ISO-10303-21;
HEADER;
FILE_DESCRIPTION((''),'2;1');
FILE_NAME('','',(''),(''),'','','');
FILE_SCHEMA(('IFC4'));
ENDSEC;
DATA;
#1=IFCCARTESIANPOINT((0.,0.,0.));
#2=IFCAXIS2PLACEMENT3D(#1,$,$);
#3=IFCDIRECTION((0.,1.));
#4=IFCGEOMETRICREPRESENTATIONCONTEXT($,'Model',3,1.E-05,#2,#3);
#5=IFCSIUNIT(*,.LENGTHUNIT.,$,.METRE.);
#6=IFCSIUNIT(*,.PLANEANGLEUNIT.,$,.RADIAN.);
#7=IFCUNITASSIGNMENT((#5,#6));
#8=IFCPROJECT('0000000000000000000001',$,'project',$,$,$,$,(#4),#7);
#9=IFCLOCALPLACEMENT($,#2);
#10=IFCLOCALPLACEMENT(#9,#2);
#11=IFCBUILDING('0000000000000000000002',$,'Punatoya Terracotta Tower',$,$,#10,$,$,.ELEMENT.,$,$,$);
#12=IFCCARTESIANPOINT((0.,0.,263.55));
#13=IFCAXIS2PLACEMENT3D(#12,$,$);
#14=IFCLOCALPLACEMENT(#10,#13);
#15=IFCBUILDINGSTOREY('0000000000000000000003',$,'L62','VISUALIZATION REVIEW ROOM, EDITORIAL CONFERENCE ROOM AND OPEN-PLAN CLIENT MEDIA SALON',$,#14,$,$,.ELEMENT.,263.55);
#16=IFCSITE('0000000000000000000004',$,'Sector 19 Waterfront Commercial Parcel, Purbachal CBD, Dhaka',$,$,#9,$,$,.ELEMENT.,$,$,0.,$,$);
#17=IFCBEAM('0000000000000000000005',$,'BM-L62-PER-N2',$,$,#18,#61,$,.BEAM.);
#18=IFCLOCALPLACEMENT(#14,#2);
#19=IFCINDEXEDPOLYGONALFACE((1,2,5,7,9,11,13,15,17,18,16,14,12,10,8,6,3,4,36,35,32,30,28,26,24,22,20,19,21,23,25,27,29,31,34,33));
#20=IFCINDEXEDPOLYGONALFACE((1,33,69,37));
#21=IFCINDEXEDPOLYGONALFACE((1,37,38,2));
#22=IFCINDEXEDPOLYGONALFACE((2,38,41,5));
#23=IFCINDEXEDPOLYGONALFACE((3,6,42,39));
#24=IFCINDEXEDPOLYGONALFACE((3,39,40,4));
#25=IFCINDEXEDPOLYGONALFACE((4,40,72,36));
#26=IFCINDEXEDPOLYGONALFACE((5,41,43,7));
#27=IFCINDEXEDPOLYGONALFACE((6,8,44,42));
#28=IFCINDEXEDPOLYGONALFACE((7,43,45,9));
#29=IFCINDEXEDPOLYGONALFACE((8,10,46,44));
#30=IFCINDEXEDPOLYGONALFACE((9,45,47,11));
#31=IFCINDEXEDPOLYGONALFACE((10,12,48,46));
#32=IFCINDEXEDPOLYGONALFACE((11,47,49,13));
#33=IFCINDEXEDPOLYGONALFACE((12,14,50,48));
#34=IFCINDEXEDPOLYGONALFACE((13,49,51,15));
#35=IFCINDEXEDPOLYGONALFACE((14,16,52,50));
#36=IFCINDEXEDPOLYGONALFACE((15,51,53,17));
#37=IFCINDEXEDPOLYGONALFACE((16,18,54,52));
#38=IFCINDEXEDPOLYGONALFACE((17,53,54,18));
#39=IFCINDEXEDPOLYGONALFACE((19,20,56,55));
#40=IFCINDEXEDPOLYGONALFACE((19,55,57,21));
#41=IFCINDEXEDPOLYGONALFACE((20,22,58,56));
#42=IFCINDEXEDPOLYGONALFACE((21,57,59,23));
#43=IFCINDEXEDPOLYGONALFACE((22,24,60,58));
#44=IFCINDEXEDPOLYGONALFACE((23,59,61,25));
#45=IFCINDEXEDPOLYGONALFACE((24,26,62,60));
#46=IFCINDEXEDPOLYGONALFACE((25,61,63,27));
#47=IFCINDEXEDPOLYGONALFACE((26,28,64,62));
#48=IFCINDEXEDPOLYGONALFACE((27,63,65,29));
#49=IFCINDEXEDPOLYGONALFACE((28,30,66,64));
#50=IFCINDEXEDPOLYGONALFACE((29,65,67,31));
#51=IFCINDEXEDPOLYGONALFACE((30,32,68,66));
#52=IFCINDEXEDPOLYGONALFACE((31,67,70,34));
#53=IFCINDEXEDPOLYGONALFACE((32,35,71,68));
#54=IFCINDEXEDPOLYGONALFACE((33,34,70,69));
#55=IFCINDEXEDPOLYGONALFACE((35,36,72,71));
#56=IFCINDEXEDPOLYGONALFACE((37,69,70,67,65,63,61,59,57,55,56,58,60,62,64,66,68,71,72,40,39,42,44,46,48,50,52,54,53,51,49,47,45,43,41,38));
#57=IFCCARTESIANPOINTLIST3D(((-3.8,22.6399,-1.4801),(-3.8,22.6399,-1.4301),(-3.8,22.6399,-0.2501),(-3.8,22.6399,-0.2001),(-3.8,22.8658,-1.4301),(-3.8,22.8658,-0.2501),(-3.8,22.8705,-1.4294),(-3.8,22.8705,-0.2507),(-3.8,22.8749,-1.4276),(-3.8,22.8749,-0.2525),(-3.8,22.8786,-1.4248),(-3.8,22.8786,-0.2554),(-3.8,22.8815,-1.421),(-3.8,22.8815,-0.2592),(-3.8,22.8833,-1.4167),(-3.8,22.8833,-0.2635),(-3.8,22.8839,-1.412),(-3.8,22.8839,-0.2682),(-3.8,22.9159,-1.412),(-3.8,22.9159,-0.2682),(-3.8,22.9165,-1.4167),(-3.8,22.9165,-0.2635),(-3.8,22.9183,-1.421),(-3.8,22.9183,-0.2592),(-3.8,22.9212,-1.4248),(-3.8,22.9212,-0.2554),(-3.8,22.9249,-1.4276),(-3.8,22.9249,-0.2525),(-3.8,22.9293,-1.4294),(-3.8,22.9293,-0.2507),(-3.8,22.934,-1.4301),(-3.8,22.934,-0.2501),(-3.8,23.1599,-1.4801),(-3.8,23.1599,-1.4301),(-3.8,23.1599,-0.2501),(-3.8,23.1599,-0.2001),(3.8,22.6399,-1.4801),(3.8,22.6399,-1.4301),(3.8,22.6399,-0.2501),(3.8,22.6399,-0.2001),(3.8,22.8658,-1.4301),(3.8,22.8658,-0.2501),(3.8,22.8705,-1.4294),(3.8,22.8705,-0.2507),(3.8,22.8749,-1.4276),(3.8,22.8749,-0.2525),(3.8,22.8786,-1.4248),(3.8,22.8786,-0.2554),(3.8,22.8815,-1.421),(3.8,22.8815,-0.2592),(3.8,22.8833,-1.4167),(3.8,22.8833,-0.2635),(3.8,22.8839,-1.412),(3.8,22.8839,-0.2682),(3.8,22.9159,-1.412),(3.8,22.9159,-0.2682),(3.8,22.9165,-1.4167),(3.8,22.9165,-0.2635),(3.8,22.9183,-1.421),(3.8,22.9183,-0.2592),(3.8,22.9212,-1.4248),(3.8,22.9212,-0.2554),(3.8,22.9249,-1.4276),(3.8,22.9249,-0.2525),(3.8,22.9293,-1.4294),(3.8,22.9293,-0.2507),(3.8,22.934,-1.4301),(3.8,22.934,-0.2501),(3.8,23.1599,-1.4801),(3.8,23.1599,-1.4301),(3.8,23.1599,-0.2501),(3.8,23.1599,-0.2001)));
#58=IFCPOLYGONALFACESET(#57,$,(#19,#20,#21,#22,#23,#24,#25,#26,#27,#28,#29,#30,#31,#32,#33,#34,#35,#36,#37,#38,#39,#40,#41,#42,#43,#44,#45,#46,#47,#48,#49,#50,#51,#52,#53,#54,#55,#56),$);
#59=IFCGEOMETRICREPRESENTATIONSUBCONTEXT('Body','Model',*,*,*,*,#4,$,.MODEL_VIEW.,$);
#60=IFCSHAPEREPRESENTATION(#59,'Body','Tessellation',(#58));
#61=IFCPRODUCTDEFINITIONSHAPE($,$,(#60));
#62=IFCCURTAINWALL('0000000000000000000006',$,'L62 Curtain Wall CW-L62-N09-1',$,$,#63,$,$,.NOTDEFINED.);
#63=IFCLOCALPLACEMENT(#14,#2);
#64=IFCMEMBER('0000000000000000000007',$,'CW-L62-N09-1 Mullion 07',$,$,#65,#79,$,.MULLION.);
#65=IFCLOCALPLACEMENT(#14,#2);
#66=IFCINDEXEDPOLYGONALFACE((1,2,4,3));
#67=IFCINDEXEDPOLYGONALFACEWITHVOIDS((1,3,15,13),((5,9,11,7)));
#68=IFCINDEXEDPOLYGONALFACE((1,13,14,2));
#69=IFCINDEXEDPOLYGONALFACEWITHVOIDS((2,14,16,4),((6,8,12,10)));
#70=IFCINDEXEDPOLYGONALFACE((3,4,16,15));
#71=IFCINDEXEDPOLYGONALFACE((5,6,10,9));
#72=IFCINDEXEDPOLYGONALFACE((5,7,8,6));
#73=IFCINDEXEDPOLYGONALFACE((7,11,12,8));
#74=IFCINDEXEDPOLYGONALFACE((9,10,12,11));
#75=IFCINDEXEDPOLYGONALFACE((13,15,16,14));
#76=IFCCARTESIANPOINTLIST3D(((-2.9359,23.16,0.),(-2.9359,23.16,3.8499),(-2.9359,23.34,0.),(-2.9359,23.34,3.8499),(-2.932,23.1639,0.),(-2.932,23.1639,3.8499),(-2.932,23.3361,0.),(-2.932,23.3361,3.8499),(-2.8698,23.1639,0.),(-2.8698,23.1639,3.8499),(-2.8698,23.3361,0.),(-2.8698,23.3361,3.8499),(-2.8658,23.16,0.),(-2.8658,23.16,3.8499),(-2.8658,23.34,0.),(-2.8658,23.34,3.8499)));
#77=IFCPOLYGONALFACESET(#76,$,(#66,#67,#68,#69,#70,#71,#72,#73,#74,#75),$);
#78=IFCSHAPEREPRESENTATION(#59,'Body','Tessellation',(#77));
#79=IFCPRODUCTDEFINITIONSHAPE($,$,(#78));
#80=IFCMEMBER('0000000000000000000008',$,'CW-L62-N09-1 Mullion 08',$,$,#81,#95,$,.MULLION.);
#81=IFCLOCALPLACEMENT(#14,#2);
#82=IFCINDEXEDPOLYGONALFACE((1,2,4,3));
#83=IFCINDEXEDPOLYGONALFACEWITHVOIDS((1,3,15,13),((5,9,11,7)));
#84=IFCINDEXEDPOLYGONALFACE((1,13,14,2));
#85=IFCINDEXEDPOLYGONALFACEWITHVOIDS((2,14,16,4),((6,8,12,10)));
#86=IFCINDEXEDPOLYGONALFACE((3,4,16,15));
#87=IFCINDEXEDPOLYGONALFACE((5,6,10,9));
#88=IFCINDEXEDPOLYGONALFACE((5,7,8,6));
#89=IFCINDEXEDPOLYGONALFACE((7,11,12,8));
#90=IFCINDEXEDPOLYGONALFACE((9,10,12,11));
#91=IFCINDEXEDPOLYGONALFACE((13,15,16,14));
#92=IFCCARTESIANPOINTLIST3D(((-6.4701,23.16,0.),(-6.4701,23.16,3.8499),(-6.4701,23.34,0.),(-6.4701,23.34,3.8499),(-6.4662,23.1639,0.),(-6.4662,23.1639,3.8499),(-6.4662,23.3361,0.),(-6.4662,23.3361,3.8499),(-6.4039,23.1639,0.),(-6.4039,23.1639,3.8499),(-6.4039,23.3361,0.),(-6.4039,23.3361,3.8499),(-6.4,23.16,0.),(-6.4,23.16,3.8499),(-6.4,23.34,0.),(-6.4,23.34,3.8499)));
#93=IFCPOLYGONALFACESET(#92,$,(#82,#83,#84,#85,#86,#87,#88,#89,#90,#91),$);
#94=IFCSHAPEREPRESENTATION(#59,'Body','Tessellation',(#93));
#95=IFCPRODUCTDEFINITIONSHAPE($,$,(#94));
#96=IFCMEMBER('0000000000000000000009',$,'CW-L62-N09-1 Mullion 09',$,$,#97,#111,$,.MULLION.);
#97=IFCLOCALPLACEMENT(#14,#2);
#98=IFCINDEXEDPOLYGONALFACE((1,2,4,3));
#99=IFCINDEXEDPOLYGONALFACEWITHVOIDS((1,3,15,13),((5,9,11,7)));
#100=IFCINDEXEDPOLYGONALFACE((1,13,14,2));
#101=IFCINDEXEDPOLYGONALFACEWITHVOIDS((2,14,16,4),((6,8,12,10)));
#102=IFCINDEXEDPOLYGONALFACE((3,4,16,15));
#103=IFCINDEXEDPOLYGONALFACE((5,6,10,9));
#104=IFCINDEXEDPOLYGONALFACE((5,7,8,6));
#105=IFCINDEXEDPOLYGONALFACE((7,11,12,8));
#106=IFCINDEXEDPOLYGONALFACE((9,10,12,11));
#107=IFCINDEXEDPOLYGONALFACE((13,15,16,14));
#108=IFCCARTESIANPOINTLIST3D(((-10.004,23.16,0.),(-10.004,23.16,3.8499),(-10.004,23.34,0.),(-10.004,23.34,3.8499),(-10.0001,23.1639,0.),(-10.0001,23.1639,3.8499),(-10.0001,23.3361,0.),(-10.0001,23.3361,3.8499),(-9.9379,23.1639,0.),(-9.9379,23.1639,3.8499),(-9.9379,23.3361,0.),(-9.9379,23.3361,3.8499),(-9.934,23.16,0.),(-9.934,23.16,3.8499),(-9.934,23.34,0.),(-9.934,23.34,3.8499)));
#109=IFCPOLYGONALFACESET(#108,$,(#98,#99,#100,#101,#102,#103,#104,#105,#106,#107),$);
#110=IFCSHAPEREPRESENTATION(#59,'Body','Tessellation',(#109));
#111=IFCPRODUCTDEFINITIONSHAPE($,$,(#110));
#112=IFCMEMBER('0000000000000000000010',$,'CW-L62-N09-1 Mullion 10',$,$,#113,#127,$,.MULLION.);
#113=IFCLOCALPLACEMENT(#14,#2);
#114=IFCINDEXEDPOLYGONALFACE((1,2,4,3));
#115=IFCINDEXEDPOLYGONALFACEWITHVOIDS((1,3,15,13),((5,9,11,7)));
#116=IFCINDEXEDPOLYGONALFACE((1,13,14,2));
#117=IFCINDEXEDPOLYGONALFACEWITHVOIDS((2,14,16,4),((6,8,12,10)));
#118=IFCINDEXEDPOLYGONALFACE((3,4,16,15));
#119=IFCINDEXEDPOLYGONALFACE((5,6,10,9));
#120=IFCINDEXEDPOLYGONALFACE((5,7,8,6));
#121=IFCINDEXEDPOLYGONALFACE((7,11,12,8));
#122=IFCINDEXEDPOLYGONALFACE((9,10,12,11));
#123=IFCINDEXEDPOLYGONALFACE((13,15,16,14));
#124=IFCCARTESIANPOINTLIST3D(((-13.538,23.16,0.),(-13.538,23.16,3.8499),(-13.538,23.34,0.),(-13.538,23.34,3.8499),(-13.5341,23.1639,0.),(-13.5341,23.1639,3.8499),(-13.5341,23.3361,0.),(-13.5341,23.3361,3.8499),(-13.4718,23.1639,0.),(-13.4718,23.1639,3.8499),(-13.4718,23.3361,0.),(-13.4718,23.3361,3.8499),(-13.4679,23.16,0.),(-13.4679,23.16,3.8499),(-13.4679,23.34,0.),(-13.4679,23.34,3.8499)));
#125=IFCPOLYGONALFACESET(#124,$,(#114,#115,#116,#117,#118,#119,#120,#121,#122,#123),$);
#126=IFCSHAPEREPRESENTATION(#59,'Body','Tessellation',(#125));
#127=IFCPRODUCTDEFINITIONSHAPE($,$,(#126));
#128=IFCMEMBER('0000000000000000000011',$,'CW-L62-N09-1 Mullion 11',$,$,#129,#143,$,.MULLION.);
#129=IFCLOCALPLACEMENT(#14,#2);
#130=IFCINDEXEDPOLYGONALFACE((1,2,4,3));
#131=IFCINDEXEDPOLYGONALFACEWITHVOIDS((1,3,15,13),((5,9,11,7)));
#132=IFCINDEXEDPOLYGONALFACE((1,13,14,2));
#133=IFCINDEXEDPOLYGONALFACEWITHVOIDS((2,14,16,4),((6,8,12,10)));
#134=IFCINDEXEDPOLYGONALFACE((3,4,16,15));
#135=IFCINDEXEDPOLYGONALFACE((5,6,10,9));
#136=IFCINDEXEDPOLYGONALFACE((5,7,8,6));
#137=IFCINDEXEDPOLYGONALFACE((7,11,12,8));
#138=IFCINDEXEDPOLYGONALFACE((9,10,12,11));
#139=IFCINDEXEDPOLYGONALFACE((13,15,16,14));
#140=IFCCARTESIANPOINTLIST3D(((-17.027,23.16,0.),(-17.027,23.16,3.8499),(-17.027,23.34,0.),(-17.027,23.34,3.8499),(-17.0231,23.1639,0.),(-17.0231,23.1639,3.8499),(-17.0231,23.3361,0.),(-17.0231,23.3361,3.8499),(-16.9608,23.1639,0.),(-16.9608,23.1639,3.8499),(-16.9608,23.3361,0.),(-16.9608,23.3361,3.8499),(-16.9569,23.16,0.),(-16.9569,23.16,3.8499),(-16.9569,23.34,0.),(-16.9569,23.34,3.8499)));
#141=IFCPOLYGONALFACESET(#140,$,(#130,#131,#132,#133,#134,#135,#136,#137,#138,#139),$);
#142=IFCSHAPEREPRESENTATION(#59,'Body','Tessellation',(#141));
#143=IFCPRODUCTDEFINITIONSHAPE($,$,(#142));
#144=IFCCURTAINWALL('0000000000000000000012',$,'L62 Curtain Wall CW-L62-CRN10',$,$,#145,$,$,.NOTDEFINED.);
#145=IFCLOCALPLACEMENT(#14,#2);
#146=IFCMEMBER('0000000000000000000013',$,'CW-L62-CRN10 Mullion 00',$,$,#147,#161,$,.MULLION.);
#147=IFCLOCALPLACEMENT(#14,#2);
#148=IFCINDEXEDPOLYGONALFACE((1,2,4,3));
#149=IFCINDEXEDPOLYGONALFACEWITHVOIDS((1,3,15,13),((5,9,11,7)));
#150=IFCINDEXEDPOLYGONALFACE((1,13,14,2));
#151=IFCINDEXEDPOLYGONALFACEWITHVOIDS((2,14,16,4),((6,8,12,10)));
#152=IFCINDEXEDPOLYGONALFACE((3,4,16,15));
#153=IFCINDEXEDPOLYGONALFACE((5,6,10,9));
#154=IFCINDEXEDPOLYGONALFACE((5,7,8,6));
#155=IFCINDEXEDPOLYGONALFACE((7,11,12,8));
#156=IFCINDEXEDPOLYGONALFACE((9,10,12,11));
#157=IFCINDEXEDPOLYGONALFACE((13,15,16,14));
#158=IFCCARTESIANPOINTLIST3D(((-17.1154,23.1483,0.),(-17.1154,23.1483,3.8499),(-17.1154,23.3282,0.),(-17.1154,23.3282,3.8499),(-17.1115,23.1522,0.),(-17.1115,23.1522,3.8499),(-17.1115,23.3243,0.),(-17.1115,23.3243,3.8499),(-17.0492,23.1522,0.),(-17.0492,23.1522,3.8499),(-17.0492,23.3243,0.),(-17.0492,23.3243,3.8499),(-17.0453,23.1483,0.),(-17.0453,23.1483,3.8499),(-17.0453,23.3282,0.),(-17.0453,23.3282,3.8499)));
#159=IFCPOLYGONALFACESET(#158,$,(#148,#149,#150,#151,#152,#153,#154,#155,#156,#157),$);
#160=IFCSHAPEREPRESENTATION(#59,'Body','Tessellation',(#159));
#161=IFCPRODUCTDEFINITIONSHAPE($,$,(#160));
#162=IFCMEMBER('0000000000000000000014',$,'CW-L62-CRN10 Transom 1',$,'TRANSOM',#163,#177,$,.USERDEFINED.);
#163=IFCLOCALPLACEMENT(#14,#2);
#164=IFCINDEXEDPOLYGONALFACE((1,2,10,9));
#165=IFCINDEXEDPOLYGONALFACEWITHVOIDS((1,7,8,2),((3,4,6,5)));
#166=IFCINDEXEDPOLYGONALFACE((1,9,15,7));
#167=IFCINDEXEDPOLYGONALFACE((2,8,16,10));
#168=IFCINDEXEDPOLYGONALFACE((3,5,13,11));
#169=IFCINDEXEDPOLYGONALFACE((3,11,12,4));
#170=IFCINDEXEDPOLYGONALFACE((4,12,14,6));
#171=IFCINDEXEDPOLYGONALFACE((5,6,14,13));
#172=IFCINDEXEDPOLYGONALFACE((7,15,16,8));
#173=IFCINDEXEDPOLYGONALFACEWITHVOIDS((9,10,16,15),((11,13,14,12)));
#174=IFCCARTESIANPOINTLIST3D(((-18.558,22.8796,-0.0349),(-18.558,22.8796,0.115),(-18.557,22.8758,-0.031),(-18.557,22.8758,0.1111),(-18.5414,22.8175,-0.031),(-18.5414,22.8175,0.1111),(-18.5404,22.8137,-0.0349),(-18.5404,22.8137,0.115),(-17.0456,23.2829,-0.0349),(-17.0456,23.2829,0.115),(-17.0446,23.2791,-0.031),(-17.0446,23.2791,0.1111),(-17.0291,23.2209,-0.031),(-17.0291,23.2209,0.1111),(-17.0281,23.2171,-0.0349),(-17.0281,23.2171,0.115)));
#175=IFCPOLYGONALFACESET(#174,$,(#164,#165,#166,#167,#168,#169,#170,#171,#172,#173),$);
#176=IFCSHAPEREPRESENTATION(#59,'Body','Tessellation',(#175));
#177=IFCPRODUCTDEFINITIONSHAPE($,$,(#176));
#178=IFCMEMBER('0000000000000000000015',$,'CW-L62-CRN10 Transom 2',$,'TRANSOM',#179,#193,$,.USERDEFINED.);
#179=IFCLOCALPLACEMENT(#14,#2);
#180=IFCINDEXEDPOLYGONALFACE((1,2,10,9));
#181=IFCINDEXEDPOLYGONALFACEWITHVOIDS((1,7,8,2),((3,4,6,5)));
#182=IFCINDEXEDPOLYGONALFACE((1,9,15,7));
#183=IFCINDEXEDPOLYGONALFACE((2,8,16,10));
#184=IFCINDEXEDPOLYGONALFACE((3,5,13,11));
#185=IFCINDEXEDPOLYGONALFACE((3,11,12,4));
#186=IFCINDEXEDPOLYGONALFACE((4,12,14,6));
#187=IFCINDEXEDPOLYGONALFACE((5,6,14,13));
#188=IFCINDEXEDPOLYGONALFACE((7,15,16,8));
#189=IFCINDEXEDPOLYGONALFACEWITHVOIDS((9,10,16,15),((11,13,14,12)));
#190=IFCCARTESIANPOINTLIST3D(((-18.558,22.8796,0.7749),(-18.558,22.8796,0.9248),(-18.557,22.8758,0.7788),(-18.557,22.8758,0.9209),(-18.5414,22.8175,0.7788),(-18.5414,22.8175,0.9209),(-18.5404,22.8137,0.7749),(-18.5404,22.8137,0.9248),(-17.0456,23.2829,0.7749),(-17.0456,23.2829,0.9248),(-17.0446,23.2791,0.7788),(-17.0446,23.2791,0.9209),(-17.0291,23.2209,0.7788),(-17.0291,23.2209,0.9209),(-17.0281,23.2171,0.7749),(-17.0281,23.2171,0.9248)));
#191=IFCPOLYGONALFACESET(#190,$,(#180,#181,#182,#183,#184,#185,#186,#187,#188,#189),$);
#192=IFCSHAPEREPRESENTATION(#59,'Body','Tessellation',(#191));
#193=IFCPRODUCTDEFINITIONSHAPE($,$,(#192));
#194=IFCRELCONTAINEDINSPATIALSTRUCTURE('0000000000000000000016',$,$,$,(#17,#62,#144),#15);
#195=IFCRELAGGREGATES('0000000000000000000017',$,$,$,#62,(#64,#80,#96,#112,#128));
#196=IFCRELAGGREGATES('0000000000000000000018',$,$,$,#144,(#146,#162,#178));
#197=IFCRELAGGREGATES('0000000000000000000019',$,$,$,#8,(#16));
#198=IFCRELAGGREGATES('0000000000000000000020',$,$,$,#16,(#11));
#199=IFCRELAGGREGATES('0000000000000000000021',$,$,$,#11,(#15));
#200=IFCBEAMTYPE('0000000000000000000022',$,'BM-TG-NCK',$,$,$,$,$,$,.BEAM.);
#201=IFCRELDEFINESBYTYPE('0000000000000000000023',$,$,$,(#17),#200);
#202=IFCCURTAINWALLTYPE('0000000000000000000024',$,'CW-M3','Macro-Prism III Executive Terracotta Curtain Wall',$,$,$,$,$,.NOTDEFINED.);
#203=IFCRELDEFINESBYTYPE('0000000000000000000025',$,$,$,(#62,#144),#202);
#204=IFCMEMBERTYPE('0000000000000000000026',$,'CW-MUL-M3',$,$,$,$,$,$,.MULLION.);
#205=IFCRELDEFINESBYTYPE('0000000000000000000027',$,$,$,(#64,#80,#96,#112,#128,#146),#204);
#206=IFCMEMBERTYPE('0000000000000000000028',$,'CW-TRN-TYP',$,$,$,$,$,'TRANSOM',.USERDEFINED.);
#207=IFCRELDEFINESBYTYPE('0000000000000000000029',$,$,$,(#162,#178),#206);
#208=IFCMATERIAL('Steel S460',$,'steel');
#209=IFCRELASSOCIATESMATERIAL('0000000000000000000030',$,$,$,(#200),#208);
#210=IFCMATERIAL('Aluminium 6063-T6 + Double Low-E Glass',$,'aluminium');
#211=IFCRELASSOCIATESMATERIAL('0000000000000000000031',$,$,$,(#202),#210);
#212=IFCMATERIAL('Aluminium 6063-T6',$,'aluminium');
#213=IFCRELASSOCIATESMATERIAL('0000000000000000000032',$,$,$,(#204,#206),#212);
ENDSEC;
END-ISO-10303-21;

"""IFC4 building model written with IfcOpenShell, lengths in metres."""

from ifc_helpers import new_model, si_unit, direction, frame, origin, origin_2d, place, context, subcontext, project, spatial, hollow_rectangle, i_section, extrude, material, material_profile, profile_set, type_object, element, aggregate, save


model = new_model("IFC4")

# Units and contexts
model_context = context("Model", 3, precision=1e-05, world=origin(), true_north=direction((0.0, 1.0)))
body_context = subcontext(model_context, "Body", "Model", "MODEL_VIEW")
ifc_project = project(units=[si_unit("LENGTHUNIT", "METRE"), si_unit("PLANEANGLEUNIT", "RADIAN")], contexts=[model_context])

# Site, building, storey
site_placement = place(None, origin())
site = spatial("IfcSite", under=ifc_project, at=site_placement, Name="Sector 19 Waterfront Commercial Parcel, Purbachal CBD, Dhaka", CompositionType="ELEMENT", RefElevation=0.0)
building_placement = place(site_placement, origin())
building = spatial("IfcBuilding", under=site, at=building_placement, Name="Punatoya Terracotta Tower", CompositionType="ELEMENT")
storey_placement = place(building_placement, frame((0.0, 0.0, 263.55)))
storey = spatial("IfcBuildingStorey", under=building, at=storey_placement, Name="L62", Description="VISUALIZATION REVIEW ROOM, EDITORIAL CONFERENCE ROOM AND OPEN-PLAN CLIENT MEDIA SALON", CompositionType="ELEMENT", Elevation=263.55)

# Shared definitions
ifc_material_1 = material(Name="Steel S460", Category="steel")

# Beam
ifc_material_profile_1 = material_profile(ifc_material_1, i_section(OverallWidth=0.52, OverallDepth=1.28, WebThickness=0.032, FlangeThickness=0.05, FilletRadius=0.0181, at=origin_2d()))
ifc_profile_set_1 = profile_set([ifc_material_profile_1], Name="Steel S460")
beam_type_1 = type_object("IfcBeamType", Name="BM-TG-NCK", PredefinedType="BEAM", material=ifc_profile_set_1)
beam_1_placement = place(storey_placement, frame((-3.8, 22.8999, -0.8401), z_axis=(1.0, 0.0, 0.0), x_axis=(0.0, 1.0, 0.0)))
element("IfcBeam", 1, at=beam_1_placement, inside=storey, type_object=beam_type_1, Name="BM-L62-PER-N2", PredefinedType="BEAM", context=body_context, shape_type="SweptSolid", body=[
    extrude(i_section(OverallWidth=0.52, OverallDepth=1.28, WebThickness=0.032, FlangeThickness=0.05, FilletRadius=0.0181, at=origin_2d()), origin(), (0.0, 0.0, 1.0), 7.6001),
])

# Curtain walls, members
ifc_material_2 = material(Name="Aluminium 6063-T6 + Double Low-E Glass", Category="aluminium")
curtain_wall_type = type_object("IfcCurtainWallType", Name="CW-M3", Description="Macro-Prism III Executive Terracotta Curtain Wall", PredefinedType="NOTDEFINED", material=ifc_material_2)
curtain_wall_1_placement = place(storey_placement, origin())
curtain_wall_1 = element("IfcCurtainWall", 2, at=curtain_wall_1_placement, inside=storey, type_object=curtain_wall_type, Name="L62 Curtain Wall CW-L62-N09-1", PredefinedType="NOTDEFINED")
ifc_material_3 = material(Name="Aluminium 6063-T6", Category="aluminium")
ifc_material_profile_2 = material_profile(ifc_material_3, hollow_rectangle(XDim=0.0701, YDim=0.1799, WallThickness=0.0039, at=origin_2d()))
ifc_profile_set_2 = profile_set([ifc_material_profile_2], Name="Aluminium 6063-T6")
member_type_1 = type_object("IfcMemberType", Name="CW-MUL-M3", PredefinedType="MULLION", material=ifc_profile_set_2)
member_1_placement = place(storey_placement, frame((-2.9009, 23.25, 0.0), z_axis=(0.0, 0.0, 1.0), x_axis=(1.0, 0.0, 0.0)))
member_1 = element("IfcMember", 3, at=member_1_placement, type_object=member_type_1, Name="CW-L62-N09-1 Mullion 07", PredefinedType="MULLION", context=body_context, shape_type="SweptSolid", body=[
    extrude(hollow_rectangle(XDim=0.0701, YDim=0.1799, WallThickness=0.0039, at=origin_2d()), origin(), (0.0, 0.0, 1.0), 3.8499),
])
member_2_placement = place(storey_placement, frame((-6.4351, 23.25, 0.0), z_axis=(0.0, 0.0, 1.0), x_axis=(1.0, 0.0, 0.0)))
member_2 = element("IfcMember", 4, at=member_2_placement, type_object=member_type_1, Name="CW-L62-N09-1 Mullion 08", PredefinedType="MULLION", context=body_context, shape_type="SweptSolid", body=[
    extrude(hollow_rectangle(XDim=0.0701, YDim=0.1799, WallThickness=0.0039, at=origin_2d()), origin(), (0.0, 0.0, 1.0), 3.8499),
])
member_3_placement = place(storey_placement, frame((-9.969, 23.25, 0.0), z_axis=(0.0, 0.0, 1.0), x_axis=(1.0, 0.0, 0.0)))
member_3 = element("IfcMember", 5, at=member_3_placement, type_object=member_type_1, Name="CW-L62-N09-1 Mullion 09", PredefinedType="MULLION", context=body_context, shape_type="SweptSolid", body=[
    extrude(hollow_rectangle(XDim=0.0701, YDim=0.1799, WallThickness=0.0039, at=origin_2d()), origin(), (0.0, 0.0, 1.0), 3.8499),
])
member_4_placement = place(storey_placement, frame((-13.5029, 23.25, 0.0), z_axis=(0.0, 0.0, 1.0), x_axis=(1.0, 0.0, 0.0)))
member_4 = element("IfcMember", 6, at=member_4_placement, type_object=member_type_1, Name="CW-L62-N09-1 Mullion 10", PredefinedType="MULLION", context=body_context, shape_type="SweptSolid", body=[
    extrude(hollow_rectangle(XDim=0.0701, YDim=0.1799, WallThickness=0.0039, at=origin_2d()), origin(), (0.0, 0.0, 1.0), 3.8499),
])
member_5_placement = place(storey_placement, frame((-16.9919, 23.25, 0.0), z_axis=(0.0, 0.0, 1.0), x_axis=(1.0, 0.0, 0.0)))
member_5 = element("IfcMember", 7, at=member_5_placement, type_object=member_type_1, Name="CW-L62-N09-1 Mullion 11", PredefinedType="MULLION", context=body_context, shape_type="SweptSolid", body=[
    extrude(hollow_rectangle(XDim=0.0701, YDim=0.1799, WallThickness=0.0039, at=origin_2d()), origin(), (0.0, 0.0, 1.0), 3.8499),
])
curtain_wall_2_placement = place(storey_placement, origin())
curtain_wall_2 = element("IfcCurtainWall", 8, at=curtain_wall_2_placement, inside=storey, type_object=curtain_wall_type, Name="L62 Curtain Wall CW-L62-CRN10", PredefinedType="NOTDEFINED")
member_6_placement = place(storey_placement, frame((-17.0803, 23.2383, 0.0), z_axis=(0.0, 0.0, 1.0), x_axis=(1.0, 0.0, 0.0)))
member_6 = element("IfcMember", 9, at=member_6_placement, type_object=member_type_1, Name="CW-L62-CRN10 Mullion 00", PredefinedType="MULLION", context=body_context, shape_type="SweptSolid", body=[
    extrude(hollow_rectangle(XDim=0.0701, YDim=0.1799, WallThickness=0.0039, at=origin_2d()), origin(), (0.0, 0.0, 1.0), 3.8499),
])
ifc_material_profile_3 = material_profile(ifc_material_3, hollow_rectangle(XDim=0.0681, YDim=0.1499, WallThickness=0.0039, at=origin_2d()))
ifc_profile_set_3 = profile_set([ifc_material_profile_3], Name="Aluminium 6063-T6")
member_type_2 = type_object("IfcMemberType", Name="CW-TRN-TYP", ElementType="TRANSOM", PredefinedType="USERDEFINED", material=ifc_profile_set_3)
member_7_placement = place(storey_placement, frame((-17.0369, 23.25, 0.04), z_axis=(-0.966225, -0.257701, 0.0), x_axis=(0.257701, -0.966225, 0.0)))
member_7 = element("IfcMember", 10, at=member_7_placement, type_object=member_type_2, Name="CW-L62-CRN10 Transom 1", ObjectType="TRANSOM", PredefinedType="USERDEFINED", context=body_context, shape_type="SweptSolid", body=[
    extrude(hollow_rectangle(XDim=0.0681, YDim=0.1499, WallThickness=0.0039, at=origin_2d()), origin(), (0.0, 0.0, 1.0), 1.5652),
])
member_8_placement = place(storey_placement, frame((-17.0369, 23.25, 0.8499), z_axis=(-0.966225, -0.257701, 0.0), x_axis=(0.257701, -0.966225, 0.0)))
member_8 = element("IfcMember", 11, at=member_8_placement, type_object=member_type_2, Name="CW-L62-CRN10 Transom 2", ObjectType="TRANSOM", PredefinedType="USERDEFINED", context=body_context, shape_type="SweptSolid", body=[
    extrude(hollow_rectangle(XDim=0.0681, YDim=0.1499, WallThickness=0.0039, at=origin_2d()), origin(), (0.0, 0.0, 1.0), 1.5652),
])

aggregate(curtain_wall_1, [member_1, member_2, member_3, member_4, member_5])
aggregate(curtain_wall_2, [member_6, member_7, member_8])

save(model, "model.ifc")
